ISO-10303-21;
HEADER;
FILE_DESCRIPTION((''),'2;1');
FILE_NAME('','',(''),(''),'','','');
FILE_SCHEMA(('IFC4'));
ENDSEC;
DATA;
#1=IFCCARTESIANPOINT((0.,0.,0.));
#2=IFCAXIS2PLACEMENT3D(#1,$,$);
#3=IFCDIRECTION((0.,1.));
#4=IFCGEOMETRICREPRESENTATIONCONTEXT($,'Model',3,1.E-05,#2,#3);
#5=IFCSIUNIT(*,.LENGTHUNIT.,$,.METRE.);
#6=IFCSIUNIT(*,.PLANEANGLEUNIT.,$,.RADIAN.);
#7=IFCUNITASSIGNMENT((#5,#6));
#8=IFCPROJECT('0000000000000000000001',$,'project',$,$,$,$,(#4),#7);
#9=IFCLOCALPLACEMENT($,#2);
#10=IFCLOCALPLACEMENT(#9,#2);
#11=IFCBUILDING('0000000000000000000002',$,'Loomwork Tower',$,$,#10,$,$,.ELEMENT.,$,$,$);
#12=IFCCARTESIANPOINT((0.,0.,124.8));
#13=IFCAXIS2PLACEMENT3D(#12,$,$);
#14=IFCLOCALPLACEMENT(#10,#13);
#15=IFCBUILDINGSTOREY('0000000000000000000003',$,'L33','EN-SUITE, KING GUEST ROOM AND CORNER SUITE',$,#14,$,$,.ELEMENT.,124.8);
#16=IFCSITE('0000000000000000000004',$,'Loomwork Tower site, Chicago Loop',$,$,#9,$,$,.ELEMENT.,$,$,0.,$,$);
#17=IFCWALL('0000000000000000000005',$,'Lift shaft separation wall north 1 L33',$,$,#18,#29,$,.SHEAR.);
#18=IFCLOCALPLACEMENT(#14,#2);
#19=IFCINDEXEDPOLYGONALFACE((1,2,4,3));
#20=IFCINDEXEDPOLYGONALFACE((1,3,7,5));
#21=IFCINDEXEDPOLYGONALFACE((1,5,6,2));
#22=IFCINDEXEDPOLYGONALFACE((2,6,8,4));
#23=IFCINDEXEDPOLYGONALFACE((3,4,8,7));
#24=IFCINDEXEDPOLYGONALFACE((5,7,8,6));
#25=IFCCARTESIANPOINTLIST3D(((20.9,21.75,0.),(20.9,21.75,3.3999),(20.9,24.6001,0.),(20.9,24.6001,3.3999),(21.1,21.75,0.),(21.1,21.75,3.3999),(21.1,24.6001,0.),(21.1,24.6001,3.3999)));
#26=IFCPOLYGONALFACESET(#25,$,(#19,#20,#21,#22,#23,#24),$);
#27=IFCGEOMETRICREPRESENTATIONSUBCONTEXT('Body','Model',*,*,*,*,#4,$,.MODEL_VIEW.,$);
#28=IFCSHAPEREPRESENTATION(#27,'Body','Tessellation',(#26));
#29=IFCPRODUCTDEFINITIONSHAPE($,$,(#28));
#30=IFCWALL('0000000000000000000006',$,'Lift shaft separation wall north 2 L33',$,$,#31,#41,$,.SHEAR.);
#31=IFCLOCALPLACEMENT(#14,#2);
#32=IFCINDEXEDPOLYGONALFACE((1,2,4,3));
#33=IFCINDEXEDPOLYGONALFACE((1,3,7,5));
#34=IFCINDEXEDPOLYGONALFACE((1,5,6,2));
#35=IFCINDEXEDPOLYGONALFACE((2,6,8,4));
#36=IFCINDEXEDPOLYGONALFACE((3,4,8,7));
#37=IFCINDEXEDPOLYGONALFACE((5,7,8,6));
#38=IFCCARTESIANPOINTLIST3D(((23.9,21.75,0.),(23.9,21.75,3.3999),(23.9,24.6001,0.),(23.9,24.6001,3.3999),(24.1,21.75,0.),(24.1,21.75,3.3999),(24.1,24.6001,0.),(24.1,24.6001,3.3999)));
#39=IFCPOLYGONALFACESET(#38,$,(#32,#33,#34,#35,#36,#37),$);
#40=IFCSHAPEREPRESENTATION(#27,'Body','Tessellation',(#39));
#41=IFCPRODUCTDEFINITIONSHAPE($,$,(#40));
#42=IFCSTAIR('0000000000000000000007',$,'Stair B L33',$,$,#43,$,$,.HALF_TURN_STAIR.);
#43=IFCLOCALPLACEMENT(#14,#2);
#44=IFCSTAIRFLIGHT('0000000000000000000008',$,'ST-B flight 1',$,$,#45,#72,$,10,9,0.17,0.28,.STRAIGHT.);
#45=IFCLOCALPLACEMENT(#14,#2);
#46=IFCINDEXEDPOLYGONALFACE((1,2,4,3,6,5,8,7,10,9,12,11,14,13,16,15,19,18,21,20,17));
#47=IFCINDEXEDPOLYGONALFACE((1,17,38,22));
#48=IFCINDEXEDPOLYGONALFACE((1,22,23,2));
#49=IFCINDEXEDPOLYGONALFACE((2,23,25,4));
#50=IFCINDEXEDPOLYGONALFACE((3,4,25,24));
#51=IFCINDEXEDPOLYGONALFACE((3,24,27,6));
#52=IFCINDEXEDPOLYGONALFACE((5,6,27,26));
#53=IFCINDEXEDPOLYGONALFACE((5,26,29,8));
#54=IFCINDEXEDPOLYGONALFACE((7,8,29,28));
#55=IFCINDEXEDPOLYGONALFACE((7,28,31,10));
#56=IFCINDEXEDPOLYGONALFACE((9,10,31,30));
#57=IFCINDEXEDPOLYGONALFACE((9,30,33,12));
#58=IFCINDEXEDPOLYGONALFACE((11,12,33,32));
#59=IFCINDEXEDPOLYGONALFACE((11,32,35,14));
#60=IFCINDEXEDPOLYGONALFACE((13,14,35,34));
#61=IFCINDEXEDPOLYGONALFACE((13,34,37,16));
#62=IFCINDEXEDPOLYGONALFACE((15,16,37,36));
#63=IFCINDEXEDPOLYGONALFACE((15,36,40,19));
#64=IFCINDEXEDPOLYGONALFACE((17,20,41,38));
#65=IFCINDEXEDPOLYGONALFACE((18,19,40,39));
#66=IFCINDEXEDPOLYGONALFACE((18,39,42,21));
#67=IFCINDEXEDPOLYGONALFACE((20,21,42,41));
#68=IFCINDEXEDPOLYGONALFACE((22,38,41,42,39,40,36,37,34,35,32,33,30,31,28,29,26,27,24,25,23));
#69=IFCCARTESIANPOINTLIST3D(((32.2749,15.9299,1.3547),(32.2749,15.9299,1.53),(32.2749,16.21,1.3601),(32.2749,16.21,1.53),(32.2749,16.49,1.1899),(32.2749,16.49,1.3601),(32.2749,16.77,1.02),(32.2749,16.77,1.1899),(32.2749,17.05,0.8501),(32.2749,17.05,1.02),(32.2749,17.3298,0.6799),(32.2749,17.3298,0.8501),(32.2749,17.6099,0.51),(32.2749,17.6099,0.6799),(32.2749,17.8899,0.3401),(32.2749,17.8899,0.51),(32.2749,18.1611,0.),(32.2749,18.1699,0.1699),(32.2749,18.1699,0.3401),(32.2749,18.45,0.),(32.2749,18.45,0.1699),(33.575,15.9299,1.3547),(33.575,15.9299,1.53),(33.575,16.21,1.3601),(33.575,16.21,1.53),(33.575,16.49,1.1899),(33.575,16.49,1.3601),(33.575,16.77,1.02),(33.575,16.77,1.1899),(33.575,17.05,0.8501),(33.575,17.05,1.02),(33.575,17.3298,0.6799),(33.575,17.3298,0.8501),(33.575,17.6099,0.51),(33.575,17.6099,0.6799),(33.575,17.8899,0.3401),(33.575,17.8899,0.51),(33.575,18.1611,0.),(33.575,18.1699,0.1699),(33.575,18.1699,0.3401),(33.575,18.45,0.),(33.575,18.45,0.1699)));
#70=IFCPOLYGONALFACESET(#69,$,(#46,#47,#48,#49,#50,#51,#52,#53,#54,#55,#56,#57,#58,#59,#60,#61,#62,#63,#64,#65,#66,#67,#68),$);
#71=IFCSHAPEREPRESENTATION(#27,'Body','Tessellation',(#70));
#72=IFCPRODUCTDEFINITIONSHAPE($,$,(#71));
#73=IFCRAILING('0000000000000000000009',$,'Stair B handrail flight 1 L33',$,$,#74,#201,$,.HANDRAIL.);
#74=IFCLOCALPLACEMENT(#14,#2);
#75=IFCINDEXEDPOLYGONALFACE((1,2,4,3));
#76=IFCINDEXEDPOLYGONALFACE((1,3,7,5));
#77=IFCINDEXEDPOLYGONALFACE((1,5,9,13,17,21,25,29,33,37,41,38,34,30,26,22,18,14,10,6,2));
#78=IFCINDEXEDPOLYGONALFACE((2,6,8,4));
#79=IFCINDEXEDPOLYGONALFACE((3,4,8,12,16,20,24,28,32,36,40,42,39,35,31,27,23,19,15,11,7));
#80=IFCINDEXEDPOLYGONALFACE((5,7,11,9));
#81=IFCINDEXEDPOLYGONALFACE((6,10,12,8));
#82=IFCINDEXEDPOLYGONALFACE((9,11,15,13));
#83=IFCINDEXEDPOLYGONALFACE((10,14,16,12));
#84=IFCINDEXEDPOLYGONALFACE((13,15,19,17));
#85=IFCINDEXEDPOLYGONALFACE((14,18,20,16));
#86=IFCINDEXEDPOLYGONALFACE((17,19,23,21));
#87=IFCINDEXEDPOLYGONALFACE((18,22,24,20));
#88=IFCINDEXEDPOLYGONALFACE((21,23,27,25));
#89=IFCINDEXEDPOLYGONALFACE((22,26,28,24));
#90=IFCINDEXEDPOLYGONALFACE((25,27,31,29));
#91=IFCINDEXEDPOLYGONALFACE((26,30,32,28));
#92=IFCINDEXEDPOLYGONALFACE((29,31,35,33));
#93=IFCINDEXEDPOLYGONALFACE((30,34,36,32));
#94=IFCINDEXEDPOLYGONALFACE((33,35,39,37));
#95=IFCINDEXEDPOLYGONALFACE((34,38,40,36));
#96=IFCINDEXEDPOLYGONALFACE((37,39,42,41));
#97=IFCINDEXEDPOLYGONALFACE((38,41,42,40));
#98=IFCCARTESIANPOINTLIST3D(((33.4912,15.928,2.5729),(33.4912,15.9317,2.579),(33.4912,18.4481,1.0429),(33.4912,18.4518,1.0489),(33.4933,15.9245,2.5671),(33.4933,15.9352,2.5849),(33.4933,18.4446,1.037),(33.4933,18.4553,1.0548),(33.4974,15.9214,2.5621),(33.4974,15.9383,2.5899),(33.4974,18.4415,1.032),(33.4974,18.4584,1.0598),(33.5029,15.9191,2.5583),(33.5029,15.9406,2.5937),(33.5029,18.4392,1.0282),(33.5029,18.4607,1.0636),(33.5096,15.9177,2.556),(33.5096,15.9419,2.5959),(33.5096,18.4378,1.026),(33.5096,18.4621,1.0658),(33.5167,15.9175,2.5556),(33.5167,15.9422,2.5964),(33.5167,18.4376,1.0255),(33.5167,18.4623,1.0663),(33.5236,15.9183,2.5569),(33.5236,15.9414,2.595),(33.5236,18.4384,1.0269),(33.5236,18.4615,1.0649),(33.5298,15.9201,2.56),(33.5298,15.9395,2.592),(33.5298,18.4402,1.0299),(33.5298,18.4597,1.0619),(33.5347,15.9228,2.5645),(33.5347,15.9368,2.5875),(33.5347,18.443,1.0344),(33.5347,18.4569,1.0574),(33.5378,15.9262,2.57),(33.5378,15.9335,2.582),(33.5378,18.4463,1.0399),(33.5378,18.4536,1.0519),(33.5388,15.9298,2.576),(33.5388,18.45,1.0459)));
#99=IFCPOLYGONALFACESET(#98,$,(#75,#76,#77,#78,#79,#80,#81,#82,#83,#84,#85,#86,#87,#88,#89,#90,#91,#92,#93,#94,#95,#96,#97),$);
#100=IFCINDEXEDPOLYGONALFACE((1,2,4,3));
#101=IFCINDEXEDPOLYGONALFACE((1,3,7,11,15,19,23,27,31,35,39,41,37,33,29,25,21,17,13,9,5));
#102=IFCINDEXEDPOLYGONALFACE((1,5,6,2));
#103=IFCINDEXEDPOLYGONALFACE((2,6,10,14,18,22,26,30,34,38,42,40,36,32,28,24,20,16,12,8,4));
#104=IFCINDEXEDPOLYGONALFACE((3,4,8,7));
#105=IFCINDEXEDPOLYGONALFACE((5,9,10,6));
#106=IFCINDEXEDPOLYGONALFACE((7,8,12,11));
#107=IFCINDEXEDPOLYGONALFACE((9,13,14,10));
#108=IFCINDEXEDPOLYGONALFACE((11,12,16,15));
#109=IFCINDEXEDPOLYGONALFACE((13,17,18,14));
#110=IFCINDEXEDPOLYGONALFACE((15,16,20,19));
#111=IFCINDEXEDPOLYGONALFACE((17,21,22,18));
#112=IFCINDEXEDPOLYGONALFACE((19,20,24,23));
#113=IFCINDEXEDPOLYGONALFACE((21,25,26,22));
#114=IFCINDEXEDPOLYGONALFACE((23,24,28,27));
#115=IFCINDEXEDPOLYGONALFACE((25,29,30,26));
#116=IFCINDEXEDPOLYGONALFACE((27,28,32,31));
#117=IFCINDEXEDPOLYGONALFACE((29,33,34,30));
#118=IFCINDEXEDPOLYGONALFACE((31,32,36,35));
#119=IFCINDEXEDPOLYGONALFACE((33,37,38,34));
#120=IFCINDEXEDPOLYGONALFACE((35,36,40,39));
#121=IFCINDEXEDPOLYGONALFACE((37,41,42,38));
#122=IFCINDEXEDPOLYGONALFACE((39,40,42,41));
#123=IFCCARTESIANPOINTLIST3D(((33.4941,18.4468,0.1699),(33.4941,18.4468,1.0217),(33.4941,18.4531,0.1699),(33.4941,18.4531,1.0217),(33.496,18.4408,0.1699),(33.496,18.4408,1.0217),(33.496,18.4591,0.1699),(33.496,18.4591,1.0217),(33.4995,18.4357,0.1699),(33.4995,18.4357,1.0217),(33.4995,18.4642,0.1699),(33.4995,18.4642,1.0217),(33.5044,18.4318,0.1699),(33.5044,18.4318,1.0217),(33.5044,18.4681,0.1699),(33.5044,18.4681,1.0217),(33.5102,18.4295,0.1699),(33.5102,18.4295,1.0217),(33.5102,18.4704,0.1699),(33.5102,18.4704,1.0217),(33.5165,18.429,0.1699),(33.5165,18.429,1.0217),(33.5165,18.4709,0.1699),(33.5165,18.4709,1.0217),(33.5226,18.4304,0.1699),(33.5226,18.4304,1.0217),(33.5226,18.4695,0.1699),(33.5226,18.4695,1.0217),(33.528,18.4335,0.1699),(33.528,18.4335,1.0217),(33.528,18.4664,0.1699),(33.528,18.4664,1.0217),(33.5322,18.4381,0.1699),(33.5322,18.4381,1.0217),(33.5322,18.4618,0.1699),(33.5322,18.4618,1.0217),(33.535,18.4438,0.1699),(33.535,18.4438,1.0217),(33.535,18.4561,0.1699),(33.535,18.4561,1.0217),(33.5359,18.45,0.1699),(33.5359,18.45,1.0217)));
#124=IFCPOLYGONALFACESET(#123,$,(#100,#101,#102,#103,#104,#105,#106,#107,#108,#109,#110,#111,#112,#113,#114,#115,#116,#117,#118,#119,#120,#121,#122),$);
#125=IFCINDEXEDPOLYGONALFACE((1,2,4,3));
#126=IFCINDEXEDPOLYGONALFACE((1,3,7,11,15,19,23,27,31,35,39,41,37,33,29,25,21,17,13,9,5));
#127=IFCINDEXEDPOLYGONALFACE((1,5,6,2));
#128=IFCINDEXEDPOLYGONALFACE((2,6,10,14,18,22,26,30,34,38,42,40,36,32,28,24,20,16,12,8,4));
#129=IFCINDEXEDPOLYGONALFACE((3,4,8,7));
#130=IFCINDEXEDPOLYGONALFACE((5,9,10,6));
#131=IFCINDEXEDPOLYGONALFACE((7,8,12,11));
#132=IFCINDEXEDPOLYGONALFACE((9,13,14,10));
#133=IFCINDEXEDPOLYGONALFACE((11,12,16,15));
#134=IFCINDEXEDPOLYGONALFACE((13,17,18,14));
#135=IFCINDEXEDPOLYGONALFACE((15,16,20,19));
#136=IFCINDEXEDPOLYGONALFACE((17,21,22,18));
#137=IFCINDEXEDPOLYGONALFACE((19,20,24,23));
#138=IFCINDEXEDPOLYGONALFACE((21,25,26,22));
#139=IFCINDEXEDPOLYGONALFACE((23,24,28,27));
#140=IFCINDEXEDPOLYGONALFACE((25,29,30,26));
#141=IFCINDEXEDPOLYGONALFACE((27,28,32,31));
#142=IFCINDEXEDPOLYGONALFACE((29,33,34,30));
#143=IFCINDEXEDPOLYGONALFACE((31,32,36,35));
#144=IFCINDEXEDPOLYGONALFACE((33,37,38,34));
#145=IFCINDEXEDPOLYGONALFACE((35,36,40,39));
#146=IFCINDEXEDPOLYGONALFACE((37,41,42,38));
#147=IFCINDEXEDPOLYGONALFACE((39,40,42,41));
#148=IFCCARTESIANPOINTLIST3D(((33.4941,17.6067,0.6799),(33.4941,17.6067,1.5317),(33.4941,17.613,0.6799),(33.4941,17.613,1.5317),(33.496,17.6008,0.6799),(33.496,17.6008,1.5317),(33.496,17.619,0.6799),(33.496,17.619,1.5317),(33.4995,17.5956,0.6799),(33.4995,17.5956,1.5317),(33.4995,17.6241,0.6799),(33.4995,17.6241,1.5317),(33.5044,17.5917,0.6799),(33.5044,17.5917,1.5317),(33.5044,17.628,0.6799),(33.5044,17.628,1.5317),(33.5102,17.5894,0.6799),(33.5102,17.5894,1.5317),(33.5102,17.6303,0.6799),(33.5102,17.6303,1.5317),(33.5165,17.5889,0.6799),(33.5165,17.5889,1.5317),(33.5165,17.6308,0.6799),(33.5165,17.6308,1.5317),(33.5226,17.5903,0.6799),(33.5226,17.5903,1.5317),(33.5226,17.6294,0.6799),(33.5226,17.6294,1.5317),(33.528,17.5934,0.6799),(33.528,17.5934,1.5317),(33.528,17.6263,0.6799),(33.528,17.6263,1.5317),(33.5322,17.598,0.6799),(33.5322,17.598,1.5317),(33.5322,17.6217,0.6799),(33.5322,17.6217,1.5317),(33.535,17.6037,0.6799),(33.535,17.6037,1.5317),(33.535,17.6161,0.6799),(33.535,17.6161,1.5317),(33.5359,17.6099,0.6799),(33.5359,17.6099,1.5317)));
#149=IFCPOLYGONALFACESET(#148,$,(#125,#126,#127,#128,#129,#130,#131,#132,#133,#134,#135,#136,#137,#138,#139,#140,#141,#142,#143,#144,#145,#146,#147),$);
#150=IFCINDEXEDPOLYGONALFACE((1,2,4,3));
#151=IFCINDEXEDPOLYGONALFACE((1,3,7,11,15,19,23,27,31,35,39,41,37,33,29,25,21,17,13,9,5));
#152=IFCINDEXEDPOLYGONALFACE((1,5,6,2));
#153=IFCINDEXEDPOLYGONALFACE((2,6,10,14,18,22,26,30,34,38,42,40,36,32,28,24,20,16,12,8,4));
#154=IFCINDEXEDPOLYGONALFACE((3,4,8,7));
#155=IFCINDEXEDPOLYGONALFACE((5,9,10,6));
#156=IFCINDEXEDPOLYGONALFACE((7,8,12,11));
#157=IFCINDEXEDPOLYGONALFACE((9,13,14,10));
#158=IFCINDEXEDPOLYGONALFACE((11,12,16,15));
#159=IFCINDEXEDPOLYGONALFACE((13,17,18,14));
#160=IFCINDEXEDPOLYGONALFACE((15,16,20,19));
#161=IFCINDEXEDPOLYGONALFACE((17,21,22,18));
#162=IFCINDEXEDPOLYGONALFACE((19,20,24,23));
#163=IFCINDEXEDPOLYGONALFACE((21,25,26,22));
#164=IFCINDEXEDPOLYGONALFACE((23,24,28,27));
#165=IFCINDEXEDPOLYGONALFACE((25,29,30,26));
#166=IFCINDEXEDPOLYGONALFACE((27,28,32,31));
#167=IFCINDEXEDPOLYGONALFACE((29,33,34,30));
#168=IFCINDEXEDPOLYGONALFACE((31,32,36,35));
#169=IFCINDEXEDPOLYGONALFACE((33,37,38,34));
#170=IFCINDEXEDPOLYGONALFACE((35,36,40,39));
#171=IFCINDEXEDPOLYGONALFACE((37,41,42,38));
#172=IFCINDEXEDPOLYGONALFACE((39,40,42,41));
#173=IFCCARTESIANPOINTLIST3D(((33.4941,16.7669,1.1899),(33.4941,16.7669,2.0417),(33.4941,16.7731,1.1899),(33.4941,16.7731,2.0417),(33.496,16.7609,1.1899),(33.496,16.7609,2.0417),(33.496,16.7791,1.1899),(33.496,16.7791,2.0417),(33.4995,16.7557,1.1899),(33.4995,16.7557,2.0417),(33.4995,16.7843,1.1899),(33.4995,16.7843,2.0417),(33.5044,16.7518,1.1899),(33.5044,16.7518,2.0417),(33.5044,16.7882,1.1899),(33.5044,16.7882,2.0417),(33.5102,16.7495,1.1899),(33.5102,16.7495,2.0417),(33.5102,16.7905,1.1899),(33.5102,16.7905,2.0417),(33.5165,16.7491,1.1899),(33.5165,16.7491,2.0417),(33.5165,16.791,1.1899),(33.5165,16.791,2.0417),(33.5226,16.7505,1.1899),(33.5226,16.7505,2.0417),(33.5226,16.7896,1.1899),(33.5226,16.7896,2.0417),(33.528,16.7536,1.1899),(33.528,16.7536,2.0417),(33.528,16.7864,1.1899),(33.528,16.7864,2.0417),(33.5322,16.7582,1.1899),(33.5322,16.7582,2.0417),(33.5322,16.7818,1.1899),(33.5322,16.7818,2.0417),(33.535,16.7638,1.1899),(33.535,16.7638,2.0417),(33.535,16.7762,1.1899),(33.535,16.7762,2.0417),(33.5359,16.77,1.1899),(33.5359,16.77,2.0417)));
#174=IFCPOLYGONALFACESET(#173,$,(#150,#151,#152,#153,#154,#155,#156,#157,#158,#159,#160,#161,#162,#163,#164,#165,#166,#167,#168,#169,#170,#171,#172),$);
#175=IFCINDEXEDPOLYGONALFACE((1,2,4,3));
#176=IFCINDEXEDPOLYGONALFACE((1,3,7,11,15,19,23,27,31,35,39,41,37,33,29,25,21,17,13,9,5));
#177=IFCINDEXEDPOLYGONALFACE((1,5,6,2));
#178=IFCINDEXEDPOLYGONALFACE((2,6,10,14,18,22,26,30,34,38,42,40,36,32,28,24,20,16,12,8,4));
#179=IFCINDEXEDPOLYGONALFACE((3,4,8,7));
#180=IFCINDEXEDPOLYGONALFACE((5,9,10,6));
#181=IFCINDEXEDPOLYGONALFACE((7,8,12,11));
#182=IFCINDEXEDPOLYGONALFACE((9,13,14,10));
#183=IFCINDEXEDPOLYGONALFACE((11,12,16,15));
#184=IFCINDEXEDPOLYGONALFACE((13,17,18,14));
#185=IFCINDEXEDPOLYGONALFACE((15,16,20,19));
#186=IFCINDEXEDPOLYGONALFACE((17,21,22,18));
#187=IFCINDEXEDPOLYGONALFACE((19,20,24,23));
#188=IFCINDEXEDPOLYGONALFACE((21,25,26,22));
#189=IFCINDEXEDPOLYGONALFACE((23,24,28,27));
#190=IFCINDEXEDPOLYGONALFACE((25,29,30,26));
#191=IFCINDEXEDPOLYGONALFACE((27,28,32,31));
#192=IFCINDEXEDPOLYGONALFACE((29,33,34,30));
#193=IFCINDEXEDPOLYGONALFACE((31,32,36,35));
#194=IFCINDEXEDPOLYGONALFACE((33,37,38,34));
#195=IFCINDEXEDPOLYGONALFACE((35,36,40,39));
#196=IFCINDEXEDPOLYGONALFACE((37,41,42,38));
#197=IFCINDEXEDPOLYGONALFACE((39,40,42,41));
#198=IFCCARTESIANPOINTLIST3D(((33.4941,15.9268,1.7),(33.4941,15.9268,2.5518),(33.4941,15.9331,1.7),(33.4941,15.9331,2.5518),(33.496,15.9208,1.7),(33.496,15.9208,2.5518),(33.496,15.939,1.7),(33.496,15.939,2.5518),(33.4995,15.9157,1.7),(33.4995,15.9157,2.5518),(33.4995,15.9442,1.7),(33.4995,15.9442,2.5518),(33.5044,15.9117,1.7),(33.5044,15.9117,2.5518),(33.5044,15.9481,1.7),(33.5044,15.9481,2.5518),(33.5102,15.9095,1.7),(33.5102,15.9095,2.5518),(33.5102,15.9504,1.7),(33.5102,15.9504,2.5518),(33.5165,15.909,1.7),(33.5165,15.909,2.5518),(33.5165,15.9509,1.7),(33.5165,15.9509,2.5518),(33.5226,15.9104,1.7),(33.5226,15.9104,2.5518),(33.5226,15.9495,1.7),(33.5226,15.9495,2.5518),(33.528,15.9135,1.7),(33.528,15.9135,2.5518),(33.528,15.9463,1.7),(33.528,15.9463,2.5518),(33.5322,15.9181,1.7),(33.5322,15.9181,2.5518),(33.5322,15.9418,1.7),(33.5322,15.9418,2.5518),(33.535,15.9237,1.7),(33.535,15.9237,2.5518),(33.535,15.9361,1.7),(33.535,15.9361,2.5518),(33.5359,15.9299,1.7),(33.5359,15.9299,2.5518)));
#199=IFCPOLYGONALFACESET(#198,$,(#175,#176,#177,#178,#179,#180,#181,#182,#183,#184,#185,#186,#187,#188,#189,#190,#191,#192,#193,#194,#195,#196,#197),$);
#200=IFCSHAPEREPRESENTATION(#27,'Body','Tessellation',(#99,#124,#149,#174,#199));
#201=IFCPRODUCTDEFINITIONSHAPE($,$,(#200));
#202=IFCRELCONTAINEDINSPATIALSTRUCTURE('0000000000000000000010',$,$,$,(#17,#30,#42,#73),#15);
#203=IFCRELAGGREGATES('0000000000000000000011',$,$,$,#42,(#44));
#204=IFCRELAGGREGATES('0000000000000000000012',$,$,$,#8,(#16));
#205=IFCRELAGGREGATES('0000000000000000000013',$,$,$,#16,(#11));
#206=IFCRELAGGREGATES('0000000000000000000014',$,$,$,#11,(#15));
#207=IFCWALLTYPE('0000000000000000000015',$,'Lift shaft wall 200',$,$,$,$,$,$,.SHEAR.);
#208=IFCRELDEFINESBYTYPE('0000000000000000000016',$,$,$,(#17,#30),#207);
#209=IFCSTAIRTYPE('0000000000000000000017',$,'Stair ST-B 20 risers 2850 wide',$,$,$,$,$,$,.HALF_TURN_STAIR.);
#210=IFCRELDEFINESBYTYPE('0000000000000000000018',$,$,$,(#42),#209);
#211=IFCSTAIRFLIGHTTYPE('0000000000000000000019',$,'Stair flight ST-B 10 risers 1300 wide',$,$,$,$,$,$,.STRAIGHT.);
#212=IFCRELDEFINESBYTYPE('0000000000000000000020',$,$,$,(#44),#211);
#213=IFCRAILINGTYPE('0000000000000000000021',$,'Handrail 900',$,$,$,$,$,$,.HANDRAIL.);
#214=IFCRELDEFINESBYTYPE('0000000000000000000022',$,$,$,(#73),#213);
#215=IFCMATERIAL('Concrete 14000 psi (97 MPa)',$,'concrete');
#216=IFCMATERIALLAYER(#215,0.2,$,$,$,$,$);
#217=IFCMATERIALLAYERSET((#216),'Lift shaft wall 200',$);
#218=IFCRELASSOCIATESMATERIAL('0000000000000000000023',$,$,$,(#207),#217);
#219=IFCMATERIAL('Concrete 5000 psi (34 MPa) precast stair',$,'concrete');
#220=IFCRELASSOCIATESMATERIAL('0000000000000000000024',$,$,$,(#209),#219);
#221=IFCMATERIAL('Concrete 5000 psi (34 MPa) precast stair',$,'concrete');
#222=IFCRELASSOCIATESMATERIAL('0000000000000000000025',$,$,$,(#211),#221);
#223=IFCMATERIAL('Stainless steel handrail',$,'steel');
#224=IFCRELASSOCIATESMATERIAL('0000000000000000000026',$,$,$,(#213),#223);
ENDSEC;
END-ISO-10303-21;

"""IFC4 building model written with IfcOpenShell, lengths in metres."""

from ifc_helpers import new_model, si_unit, direction, frame, frame_2d, origin, origin_2d, place, context, subcontext, project, spatial, polyline, rectangle, circle, outline, extrude, material, layer, layer_set, type_object, element, aggregate, save


model = new_model("IFC4")

# Units and contexts
model_context = context("Model", 3, precision=1e-05, world=origin(), true_north=direction((0.0, 1.0)))
body_context = subcontext(model_context, "Body", "Model", "MODEL_VIEW")
ifc_project = project(units=[si_unit("LENGTHUNIT", "METRE"), si_unit("PLANEANGLEUNIT", "RADIAN")], contexts=[model_context])

# Site, building, storey
site_placement = place(None, origin())
site = spatial("IfcSite", under=ifc_project, at=site_placement, Name="Loomwork Tower site, Chicago Loop", CompositionType="ELEMENT", RefElevation=0.0)
building_placement = place(site_placement, origin())
building = spatial("IfcBuilding", under=site, at=building_placement, Name="Loomwork Tower", CompositionType="ELEMENT")
storey_placement = place(building_placement, frame((0.0, 0.0, 124.8)))
storey = spatial("IfcBuildingStorey", under=building, at=storey_placement, Name="L33", Description="EN-SUITE, KING GUEST ROOM AND CORNER SUITE", CompositionType="ELEMENT", Elevation=124.8)

# Walls
ifc_material_1 = material(Name="Concrete 14000 psi (97 MPa)", Category="concrete")
ifc_layer_1 = layer(ifc_material_1, 0.2)
ifc_layer_set_1 = layer_set([ifc_layer_1], Name="Lift shaft wall 200")
wall_type_1 = type_object("IfcWallType", Name="Lift shaft wall 200", PredefinedType="SHEAR", material=ifc_layer_set_1)
for number, where, z_axis, x_axis, name in (
    (1, (21.0, 21.75, 0.0), (0.0, 0.0, 1.0), (0.0, 1.0, 0.0), "Lift shaft separation wall north 1 L33"),
    (2, (24.0, 21.75, 0.0), (0.0, 0.0, 1.0), (0.0, 1.0, 0.0), "Lift shaft separation wall north 2 L33"),
):
    element("IfcWall", number, at=place(storey_placement, frame(where, z_axis=z_axis, x_axis=x_axis)), inside=storey, type_object=wall_type_1, Name=name, PredefinedType="SHEAR", context=body_context, shape_type="SweptSolid", body=[
        extrude(rectangle(XDim=2.8501, YDim=0.2, at=frame_2d((1.425, 0.0))), origin(), (0.0, 0.0, 1.0), 3.3999),
    ])

# Stair, stair flight
ifc_material_2 = material(Name="Concrete 5000 psi (34 MPa) precast stair", Category="concrete")
stair_type = type_object("IfcStairType", Name="Stair ST-B 20 risers 2850 wide", PredefinedType="HALF_TURN_STAIR", material=ifc_material_2)
stair_placement = place(storey_placement, origin())
stair = element("IfcStair", 3, at=stair_placement, inside=storey, type_object=stair_type, Name="Stair B L33", PredefinedType="HALF_TURN_STAIR")
ifc_material_3 = material(Name="Concrete 5000 psi (34 MPa) precast stair", Category="concrete")
stair_flight_type = type_object("IfcStairFlightType", Name="Stair flight ST-B 10 risers 1300 wide", PredefinedType="STRAIGHT", material=ifc_material_3)
stair_flight_placement = place(storey_placement, frame((32.925, 18.45, 0.0), z_axis=(0.0, 0.0, 1.0), x_axis=(0.0, -1.0, 0.0)))
stair_flight = element("IfcStairFlight", 4, at=stair_flight_placement, type_object=stair_flight_type, Name="ST-B flight 1", NumberOfRisers=10, NumberOfTreads=9, PredefinedType="STRAIGHT", RiserHeight=0.17, TreadLength=0.28, context=body_context, shape_type="SweptSolid", body=[
    extrude(outline(polyline([(0.0, 0.0), (0.0, 0.1699), (0.28, 0.1699), (0.28, 0.3401), (0.5601, 0.3401), (0.5601, 0.51), (0.8401, 0.51), (0.8401, 0.6799), (1.1201, 0.6799), (1.1201, 0.8501), (1.3999, 0.8501), (1.3999, 1.02), (1.6799, 1.02), (1.6799, 1.1899), (1.96, 1.1899), (1.96, 1.3601), (2.24, 1.3601), (2.24, 1.53), (2.52, 1.53), (2.52, 1.7), (2.52, 1.3547), (0.2888, 0.0), (0.0, 0.0)])), frame((0.0, 0.6499, 0.0), z_axis=(0.0, -1.0, 0.0), x_axis=(1.0, 0.0, 0.0)), (0.0, 0.0, 1.0), 1.3),
])
aggregate(stair, [stair_flight])

# Railing
ifc_material_4 = material(Name="Stainless steel handrail", Category="steel")
railing_type = type_object("IfcRailingType", Name="Handrail 900", PredefinedType="HANDRAIL", material=ifc_material_4)
railing_placement = place(storey_placement, frame((33.5149, 18.45, 0.1699)))
element("IfcRailing", 5, at=railing_placement, inside=storey, type_object=railing_type, Name="Stair B handrail flight 1 L33", PredefinedType="HANDRAIL", context=body_context, shape_type="SweptSolid", body=[
    extrude(circle(Radius=0.0239, at=origin_2d()), frame((0.0, 0.0, 0.876), z_axis=(0.0, -0.854785, 0.518982), x_axis=(1.0, 0.0, 0.0)), (0.0, 0.0, 1.0), 2.9482),
    extrude(circle(Radius=0.021, at=origin_2d()), origin(), (0.0, 0.0, 1.0), 0.8518),
    extrude(circle(Radius=0.021, at=origin_2d()), frame((0.0, -0.8401, 0.51)), (0.0, 0.0, 1.0), 0.8518),
    extrude(circle(Radius=0.021, at=origin_2d()), frame((0.0, -1.6799, 1.02)), (0.0, 0.0, 1.0), 0.8518),
    extrude(circle(Radius=0.021, at=origin_2d()), frame((0.0, -2.52, 1.53)), (0.0, 0.0, 1.0), 0.8518),
])

save(model, "model.ifc")
